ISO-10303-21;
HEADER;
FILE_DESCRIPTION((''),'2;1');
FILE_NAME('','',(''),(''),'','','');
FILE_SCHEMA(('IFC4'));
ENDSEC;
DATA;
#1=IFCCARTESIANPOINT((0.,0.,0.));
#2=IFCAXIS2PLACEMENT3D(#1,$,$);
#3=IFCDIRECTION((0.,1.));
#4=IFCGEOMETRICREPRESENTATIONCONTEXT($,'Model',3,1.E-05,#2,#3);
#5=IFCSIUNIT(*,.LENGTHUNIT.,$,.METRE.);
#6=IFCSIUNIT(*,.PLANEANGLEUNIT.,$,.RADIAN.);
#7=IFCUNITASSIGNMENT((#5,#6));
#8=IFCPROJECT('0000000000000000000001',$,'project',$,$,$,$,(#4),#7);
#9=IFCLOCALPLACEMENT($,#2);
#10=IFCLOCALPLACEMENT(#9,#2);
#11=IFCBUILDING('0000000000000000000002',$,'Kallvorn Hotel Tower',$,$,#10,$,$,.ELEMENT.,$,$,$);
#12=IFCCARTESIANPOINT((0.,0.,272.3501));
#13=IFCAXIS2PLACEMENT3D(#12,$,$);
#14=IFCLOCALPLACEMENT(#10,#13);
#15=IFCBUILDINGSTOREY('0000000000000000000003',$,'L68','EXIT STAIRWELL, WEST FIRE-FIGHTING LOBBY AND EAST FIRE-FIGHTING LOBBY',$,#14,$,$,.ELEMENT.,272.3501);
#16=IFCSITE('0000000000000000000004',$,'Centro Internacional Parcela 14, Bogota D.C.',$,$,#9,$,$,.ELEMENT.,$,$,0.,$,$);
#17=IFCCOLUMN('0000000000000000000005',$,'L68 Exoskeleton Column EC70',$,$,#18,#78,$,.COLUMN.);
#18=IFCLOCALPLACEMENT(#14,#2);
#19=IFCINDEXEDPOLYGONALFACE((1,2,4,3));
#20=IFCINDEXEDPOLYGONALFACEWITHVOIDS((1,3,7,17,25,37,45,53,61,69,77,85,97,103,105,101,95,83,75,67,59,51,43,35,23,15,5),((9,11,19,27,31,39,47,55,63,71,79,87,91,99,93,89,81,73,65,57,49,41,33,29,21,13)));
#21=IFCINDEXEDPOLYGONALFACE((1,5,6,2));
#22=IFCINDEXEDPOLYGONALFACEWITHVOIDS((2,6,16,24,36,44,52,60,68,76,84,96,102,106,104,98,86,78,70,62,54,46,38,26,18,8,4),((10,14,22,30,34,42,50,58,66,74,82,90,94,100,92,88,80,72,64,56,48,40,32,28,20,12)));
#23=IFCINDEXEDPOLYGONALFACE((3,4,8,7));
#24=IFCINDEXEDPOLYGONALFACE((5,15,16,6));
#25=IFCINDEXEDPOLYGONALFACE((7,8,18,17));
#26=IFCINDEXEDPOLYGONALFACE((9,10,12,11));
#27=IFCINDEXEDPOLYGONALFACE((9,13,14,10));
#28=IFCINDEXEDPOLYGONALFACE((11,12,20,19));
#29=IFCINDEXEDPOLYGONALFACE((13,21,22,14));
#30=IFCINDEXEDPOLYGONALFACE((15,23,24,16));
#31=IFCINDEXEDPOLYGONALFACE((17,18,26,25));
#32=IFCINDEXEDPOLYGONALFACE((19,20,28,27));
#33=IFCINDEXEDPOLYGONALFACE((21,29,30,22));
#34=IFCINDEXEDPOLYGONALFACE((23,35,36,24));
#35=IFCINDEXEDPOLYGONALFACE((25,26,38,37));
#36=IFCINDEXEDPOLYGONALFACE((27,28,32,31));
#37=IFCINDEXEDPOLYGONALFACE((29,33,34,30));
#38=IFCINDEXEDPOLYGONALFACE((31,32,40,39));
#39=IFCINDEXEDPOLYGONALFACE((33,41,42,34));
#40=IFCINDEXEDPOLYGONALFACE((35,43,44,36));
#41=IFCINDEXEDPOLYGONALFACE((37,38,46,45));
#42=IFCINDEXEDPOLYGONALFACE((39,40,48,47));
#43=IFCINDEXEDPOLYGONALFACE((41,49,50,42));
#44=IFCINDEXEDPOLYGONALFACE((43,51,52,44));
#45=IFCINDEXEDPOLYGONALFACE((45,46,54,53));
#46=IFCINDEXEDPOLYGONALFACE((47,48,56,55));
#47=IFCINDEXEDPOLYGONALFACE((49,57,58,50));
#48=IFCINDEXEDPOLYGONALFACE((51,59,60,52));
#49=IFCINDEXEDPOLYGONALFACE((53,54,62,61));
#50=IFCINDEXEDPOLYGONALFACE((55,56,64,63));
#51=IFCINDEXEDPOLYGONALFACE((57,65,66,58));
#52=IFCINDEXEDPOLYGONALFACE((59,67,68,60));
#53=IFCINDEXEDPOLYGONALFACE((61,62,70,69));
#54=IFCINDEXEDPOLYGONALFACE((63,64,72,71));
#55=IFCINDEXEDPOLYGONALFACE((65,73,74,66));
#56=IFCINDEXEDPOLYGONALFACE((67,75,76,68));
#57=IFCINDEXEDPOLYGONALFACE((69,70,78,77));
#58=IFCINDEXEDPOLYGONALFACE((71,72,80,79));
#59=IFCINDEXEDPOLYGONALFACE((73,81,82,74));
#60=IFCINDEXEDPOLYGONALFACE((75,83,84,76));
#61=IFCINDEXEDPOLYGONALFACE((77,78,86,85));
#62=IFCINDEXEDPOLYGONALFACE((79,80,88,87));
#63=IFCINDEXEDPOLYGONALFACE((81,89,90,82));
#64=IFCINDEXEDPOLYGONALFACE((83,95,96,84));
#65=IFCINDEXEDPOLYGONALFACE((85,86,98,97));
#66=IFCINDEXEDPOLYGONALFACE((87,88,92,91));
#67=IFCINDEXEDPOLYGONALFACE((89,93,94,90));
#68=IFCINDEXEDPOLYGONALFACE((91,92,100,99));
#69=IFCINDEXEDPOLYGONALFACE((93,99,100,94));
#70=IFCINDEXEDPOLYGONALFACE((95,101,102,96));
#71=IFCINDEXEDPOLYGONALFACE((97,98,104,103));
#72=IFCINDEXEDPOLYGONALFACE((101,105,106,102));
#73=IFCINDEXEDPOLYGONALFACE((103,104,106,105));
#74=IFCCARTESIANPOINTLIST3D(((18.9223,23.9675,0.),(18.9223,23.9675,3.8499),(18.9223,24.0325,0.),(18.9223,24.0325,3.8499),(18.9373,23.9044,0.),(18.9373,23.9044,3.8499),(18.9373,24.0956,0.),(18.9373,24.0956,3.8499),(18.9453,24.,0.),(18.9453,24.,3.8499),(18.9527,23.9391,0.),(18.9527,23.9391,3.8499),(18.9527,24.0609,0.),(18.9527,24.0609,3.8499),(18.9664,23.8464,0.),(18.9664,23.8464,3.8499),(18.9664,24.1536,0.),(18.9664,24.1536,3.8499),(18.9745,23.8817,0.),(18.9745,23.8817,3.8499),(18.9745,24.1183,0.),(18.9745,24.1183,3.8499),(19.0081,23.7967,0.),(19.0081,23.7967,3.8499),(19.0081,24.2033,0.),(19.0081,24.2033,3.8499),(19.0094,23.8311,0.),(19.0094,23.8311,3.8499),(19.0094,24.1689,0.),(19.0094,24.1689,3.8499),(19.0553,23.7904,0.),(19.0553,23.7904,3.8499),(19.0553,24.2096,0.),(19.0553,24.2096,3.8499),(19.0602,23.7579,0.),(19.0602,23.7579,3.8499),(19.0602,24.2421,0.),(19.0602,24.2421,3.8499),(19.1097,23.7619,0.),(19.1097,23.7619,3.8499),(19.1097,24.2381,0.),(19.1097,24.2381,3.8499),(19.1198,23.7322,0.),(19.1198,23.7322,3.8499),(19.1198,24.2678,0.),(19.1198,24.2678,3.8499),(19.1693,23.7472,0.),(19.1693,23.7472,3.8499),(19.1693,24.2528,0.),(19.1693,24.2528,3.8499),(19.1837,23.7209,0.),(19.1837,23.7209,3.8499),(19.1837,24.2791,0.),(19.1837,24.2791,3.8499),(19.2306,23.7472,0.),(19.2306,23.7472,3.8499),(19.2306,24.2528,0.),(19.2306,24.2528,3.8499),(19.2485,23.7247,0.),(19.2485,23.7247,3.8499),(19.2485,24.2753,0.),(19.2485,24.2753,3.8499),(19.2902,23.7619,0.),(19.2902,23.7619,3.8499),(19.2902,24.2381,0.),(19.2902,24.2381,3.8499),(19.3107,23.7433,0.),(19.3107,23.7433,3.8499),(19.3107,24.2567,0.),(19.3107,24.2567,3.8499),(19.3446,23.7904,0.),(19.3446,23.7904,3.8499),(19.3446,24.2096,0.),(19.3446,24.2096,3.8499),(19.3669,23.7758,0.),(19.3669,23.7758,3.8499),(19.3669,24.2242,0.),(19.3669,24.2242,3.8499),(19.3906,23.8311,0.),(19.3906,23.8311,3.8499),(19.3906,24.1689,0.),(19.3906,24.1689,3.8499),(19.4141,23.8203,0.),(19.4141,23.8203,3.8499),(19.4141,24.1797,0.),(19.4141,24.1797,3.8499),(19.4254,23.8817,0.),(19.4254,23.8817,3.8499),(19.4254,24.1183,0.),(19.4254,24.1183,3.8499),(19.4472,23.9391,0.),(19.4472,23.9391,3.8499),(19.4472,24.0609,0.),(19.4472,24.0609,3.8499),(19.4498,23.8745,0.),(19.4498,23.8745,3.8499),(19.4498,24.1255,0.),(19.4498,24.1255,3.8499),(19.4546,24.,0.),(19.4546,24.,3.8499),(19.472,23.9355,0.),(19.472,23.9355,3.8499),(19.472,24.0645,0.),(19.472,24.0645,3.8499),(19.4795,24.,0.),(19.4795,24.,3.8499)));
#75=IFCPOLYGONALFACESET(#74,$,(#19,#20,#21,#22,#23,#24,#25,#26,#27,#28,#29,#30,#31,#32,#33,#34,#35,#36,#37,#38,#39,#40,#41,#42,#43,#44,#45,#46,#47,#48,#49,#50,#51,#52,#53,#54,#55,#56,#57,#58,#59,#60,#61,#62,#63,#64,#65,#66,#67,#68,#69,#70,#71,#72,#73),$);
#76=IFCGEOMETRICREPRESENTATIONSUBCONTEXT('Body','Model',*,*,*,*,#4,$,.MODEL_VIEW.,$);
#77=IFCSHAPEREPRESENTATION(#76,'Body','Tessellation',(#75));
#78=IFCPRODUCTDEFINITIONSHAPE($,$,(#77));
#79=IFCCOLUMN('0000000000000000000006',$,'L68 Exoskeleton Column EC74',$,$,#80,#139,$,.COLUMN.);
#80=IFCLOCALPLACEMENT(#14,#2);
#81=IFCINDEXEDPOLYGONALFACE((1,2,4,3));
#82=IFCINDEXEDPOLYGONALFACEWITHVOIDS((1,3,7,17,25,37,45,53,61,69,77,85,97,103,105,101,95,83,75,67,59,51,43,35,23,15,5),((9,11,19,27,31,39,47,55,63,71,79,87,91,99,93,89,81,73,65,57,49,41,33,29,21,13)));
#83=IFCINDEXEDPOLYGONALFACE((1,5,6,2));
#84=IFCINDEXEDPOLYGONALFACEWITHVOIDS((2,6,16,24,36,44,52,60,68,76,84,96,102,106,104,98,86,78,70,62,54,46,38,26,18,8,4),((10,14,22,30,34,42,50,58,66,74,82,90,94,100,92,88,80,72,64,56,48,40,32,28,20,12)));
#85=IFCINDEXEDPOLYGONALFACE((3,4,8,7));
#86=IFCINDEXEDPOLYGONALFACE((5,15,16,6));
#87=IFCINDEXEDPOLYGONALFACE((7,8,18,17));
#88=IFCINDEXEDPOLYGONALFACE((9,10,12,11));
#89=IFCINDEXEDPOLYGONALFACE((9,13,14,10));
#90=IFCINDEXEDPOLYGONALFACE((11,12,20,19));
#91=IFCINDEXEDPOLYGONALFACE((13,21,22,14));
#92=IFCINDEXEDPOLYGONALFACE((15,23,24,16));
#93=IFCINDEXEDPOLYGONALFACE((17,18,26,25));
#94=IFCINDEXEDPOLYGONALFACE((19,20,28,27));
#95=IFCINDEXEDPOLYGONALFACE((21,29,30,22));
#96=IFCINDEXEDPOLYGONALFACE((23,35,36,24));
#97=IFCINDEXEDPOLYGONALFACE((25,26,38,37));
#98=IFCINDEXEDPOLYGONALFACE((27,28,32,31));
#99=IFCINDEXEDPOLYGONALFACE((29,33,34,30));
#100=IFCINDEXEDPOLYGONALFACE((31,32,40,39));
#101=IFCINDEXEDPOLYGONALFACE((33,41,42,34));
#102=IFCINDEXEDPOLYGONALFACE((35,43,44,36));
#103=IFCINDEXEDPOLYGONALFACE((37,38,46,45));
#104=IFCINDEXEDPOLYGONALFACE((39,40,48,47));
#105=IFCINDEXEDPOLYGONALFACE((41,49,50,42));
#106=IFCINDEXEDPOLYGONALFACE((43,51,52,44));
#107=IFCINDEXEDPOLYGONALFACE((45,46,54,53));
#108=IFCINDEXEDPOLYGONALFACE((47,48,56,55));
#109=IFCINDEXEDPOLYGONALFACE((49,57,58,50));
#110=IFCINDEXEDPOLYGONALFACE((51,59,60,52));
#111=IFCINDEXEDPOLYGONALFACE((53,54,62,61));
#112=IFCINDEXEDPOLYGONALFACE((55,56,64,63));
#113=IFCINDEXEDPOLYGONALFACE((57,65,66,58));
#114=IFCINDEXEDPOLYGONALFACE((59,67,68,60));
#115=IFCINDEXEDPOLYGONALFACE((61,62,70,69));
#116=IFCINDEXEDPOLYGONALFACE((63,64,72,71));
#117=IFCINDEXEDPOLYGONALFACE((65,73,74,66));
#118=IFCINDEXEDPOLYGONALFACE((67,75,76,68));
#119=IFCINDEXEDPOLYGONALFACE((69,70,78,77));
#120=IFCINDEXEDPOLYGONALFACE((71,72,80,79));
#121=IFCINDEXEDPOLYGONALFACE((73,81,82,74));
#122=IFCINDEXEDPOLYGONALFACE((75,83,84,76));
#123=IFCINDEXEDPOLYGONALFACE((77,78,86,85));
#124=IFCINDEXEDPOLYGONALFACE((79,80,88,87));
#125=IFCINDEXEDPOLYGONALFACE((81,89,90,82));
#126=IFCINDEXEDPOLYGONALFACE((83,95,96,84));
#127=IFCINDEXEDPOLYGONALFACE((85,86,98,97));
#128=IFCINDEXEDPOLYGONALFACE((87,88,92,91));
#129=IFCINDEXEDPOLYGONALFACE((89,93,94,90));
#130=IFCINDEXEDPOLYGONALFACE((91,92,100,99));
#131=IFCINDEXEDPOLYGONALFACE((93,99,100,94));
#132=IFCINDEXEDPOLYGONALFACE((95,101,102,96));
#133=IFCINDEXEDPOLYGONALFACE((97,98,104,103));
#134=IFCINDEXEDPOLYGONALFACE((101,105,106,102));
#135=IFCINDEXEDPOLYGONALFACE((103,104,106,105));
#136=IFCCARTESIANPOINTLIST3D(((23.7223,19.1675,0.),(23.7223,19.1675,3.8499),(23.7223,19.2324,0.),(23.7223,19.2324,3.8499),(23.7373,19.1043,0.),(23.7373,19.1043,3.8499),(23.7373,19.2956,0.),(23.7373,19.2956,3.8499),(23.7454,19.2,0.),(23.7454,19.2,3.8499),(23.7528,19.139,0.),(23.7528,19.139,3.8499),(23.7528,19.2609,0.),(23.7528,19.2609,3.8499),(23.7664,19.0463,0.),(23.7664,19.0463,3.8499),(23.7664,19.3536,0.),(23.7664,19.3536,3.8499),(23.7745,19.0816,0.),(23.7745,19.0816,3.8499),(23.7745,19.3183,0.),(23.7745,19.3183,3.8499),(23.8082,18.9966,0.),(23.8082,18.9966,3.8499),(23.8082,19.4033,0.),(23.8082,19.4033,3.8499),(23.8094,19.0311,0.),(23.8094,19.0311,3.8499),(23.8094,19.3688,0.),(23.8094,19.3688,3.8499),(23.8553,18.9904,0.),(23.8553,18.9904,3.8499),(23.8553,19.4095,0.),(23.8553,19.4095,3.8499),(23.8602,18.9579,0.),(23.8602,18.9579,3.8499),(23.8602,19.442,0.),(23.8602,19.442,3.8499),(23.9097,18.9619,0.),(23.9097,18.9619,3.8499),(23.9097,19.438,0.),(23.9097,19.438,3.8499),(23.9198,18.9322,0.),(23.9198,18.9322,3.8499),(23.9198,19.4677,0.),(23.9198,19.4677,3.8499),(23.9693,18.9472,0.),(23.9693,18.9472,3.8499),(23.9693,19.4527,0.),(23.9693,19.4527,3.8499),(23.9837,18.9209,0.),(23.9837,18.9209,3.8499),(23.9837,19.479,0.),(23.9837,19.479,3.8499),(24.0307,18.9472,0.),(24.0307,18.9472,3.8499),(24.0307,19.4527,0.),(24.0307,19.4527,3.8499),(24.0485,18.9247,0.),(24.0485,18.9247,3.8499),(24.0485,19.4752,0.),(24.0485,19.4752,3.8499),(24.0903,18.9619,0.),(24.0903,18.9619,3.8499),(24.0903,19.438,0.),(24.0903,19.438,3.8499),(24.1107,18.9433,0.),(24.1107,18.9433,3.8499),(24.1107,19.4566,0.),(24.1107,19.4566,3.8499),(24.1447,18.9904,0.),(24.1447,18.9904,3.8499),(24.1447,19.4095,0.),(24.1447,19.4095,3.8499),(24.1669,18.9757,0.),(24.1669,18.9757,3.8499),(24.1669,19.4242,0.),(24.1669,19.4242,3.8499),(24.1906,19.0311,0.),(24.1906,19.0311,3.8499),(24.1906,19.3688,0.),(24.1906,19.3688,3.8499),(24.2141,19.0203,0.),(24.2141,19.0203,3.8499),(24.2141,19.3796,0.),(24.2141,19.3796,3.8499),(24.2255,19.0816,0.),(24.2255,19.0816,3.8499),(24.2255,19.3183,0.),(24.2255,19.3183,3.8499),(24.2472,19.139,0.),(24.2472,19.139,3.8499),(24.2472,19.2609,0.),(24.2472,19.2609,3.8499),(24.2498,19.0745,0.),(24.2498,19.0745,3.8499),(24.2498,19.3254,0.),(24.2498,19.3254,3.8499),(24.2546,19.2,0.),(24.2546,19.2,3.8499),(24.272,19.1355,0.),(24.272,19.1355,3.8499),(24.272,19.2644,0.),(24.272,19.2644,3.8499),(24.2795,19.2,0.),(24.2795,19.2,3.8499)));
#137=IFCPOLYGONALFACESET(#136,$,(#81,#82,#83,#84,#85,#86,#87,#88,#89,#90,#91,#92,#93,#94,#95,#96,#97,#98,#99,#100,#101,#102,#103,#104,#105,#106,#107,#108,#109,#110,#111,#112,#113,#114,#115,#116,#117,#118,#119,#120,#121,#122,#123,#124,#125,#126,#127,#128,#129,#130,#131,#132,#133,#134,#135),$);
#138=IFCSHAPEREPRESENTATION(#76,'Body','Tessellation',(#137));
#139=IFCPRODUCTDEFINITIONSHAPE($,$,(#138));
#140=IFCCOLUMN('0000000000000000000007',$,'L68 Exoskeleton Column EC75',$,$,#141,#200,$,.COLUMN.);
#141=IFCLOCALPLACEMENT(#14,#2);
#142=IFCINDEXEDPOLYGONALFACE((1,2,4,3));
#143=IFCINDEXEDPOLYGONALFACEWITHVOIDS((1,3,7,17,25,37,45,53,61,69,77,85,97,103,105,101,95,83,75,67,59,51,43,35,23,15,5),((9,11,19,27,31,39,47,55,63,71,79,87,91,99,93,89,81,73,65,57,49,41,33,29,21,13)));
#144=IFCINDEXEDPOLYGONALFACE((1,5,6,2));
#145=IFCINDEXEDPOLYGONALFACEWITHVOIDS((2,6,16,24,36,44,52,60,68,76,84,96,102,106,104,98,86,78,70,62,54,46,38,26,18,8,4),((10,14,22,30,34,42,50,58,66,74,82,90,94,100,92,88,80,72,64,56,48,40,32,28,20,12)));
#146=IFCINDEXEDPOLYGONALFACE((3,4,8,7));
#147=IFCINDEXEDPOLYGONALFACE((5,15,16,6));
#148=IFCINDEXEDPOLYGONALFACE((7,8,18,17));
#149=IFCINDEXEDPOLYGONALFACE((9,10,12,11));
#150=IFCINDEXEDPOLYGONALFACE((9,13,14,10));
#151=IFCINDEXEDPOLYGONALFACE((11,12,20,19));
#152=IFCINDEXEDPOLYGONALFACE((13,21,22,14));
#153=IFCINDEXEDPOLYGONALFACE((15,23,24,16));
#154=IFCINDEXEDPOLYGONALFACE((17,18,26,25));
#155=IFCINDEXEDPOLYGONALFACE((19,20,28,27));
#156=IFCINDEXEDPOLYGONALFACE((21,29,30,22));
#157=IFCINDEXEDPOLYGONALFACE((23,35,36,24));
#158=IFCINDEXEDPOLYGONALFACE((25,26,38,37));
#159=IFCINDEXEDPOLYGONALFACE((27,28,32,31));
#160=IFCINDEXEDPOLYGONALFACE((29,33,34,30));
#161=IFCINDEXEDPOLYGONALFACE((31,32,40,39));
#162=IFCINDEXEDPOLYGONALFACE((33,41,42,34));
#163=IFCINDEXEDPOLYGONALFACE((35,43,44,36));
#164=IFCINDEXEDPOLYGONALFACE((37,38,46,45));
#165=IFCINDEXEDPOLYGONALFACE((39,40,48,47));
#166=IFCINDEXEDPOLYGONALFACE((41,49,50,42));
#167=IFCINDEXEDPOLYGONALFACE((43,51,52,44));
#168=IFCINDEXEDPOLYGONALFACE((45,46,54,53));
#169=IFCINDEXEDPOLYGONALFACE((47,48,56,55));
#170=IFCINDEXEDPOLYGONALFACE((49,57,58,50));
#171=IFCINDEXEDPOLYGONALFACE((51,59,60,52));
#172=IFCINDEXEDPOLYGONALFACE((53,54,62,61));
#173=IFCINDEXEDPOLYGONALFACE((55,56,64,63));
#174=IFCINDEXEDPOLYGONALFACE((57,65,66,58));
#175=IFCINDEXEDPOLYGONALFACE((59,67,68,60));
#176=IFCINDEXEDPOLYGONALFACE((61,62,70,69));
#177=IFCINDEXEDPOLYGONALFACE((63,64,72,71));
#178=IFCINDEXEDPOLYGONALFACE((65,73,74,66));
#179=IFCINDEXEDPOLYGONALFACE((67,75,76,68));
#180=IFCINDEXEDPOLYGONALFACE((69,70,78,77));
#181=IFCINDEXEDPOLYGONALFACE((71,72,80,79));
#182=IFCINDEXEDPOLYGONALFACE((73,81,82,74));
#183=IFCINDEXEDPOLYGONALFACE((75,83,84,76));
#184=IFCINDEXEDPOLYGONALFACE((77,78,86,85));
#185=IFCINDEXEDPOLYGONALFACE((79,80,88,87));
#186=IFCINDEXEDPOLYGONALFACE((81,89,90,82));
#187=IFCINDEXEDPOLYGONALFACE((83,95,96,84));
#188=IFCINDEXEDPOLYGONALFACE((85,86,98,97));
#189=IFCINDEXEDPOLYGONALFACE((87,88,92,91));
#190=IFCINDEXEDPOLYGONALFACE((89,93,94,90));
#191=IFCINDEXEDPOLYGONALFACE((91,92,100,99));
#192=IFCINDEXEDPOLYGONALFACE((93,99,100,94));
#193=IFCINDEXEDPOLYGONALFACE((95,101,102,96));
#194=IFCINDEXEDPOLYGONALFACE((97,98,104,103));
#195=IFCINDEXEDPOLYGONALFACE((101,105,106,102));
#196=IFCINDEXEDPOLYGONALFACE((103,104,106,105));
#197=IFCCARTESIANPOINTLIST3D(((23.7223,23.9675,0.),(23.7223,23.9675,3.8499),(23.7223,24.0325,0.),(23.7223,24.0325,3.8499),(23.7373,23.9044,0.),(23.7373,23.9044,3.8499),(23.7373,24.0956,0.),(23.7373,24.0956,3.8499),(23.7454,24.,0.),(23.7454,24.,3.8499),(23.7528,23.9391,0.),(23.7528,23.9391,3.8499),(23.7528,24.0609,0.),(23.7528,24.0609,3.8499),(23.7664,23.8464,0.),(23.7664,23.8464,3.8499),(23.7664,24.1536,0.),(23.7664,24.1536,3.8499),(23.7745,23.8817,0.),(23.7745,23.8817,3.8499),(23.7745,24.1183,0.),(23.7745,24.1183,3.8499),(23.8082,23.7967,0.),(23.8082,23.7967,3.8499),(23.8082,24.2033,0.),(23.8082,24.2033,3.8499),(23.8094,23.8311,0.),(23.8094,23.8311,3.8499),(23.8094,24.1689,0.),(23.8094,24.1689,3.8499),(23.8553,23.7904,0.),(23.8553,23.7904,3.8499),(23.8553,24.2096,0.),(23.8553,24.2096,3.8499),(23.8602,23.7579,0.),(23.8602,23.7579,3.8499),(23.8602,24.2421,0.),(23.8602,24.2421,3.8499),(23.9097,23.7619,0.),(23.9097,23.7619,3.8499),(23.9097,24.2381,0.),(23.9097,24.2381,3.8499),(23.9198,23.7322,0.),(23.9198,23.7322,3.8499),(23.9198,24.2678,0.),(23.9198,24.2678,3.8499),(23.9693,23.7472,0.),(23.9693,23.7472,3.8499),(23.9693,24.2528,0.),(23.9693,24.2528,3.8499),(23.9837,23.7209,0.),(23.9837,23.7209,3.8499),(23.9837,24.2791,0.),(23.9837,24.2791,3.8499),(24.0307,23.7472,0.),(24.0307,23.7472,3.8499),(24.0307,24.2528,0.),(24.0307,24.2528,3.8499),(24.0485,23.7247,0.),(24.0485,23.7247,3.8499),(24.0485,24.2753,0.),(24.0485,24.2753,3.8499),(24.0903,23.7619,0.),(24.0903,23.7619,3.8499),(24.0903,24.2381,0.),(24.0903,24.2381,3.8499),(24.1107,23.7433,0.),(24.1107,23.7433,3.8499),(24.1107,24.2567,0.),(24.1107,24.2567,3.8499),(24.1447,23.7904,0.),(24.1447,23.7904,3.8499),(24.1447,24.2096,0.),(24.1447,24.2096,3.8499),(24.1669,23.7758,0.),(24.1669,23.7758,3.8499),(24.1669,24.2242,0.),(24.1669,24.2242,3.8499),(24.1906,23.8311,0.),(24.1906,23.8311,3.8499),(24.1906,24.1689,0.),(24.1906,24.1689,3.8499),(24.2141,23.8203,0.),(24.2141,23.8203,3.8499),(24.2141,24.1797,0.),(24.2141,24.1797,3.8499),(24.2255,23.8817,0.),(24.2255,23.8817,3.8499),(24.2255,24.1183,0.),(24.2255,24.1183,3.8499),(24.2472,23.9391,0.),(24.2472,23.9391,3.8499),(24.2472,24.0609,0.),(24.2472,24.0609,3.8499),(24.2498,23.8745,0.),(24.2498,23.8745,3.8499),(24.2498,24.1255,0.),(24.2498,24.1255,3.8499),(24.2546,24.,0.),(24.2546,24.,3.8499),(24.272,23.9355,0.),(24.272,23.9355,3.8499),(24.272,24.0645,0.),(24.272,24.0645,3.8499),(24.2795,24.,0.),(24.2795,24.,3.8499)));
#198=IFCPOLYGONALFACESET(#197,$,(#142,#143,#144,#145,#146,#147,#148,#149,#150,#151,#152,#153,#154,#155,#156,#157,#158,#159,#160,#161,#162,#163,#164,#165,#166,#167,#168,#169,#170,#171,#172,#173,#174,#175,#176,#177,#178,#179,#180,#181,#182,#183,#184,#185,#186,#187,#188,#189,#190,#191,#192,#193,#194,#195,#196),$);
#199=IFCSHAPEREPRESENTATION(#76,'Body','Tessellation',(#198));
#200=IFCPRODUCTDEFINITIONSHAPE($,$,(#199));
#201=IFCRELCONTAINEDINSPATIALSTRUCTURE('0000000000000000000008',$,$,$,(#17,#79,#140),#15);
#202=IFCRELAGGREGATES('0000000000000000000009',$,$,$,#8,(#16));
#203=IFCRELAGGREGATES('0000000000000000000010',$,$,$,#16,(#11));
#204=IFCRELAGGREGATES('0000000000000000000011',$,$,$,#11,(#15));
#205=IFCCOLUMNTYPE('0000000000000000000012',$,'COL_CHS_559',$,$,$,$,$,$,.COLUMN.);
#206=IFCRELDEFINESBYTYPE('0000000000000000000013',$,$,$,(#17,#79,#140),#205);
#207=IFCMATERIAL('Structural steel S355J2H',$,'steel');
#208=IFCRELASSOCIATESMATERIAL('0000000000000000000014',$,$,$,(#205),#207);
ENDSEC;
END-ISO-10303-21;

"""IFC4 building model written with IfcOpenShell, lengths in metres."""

from ifc_helpers import new_model, si_unit, direction, frame, origin, origin_2d, place, context, subcontext, project, spatial, hollow_circle, extrude, material, material_profile, profile_set, type_object, element, save


model = new_model("IFC4")

# Units and contexts
model_context = context("Model", 3, precision=1e-05, world=origin(), true_north=direction((0.0, 1.0)))
body_context = subcontext(model_context, "Body", "Model", "MODEL_VIEW")
ifc_project = project(units=[si_unit("LENGTHUNIT", "METRE"), si_unit("PLANEANGLEUNIT", "RADIAN")], contexts=[model_context])

# Site, building, storey
site_placement = place(None, origin())
site = spatial("IfcSite", under=ifc_project, at=site_placement, Name="Centro Internacional Parcela 14, Bogota D.C.", CompositionType="ELEMENT", RefElevation=0.0)
building_placement = place(site_placement, origin())
building = spatial("IfcBuilding", under=site, at=building_placement, Name="Kallvorn Hotel Tower", CompositionType="ELEMENT")
storey_placement = place(building_placement, frame((0.0, 0.0, 272.3501)))
storey = spatial("IfcBuildingStorey", under=building, at=storey_placement, Name="L68", Description="EXIT STAIRWELL, WEST FIRE-FIGHTING LOBBY AND EAST FIRE-FIGHTING LOBBY", CompositionType="ELEMENT", Elevation=272.3501)

# Columns
ifc_material_1 = material(Name="Structural steel S355J2H", Category="steel")
ifc_material_profile_1 = material_profile(ifc_material_1, hollow_circle(Radius=0.2795, WallThickness=0.0249, at=origin_2d()), Name="CHS 559x25")
ifc_profile_set_1 = profile_set([ifc_material_profile_1], Name="Structural steel S355J2H")
column_type = type_object("IfcColumnType", Name="COL_CHS_559", PredefinedType="COLUMN", material=ifc_profile_set_1)
for number, where, z_axis, x_axis, name in (
    (1, (19.2, 24.0, 0.0), (0.0, 0.0, 1.0), (1.0, 0.0, 0.0), "L68 Exoskeleton Column EC70"),
    (2, (24.0, 19.2, 0.0), (0.0, 0.0, 1.0), (1.0, 0.0, 0.0), "L68 Exoskeleton Column EC74"),
    (3, (24.0, 24.0, 0.0), (0.0, 0.0, 1.0), (1.0, 0.0, 0.0), "L68 Exoskeleton Column EC75"),
):
    element("IfcColumn", number, at=place(storey_placement, frame(where, z_axis=z_axis, x_axis=x_axis)), inside=storey, type_object=column_type, Name=name, PredefinedType="COLUMN", context=body_context, shape_type="SweptSolid", body=[
        extrude(hollow_circle(Radius=0.2795, WallThickness=0.0249, at=origin_2d()), origin(), (0.0, 0.0, 1.0), 3.8499),
    ])

save(model, "model.ifc")
